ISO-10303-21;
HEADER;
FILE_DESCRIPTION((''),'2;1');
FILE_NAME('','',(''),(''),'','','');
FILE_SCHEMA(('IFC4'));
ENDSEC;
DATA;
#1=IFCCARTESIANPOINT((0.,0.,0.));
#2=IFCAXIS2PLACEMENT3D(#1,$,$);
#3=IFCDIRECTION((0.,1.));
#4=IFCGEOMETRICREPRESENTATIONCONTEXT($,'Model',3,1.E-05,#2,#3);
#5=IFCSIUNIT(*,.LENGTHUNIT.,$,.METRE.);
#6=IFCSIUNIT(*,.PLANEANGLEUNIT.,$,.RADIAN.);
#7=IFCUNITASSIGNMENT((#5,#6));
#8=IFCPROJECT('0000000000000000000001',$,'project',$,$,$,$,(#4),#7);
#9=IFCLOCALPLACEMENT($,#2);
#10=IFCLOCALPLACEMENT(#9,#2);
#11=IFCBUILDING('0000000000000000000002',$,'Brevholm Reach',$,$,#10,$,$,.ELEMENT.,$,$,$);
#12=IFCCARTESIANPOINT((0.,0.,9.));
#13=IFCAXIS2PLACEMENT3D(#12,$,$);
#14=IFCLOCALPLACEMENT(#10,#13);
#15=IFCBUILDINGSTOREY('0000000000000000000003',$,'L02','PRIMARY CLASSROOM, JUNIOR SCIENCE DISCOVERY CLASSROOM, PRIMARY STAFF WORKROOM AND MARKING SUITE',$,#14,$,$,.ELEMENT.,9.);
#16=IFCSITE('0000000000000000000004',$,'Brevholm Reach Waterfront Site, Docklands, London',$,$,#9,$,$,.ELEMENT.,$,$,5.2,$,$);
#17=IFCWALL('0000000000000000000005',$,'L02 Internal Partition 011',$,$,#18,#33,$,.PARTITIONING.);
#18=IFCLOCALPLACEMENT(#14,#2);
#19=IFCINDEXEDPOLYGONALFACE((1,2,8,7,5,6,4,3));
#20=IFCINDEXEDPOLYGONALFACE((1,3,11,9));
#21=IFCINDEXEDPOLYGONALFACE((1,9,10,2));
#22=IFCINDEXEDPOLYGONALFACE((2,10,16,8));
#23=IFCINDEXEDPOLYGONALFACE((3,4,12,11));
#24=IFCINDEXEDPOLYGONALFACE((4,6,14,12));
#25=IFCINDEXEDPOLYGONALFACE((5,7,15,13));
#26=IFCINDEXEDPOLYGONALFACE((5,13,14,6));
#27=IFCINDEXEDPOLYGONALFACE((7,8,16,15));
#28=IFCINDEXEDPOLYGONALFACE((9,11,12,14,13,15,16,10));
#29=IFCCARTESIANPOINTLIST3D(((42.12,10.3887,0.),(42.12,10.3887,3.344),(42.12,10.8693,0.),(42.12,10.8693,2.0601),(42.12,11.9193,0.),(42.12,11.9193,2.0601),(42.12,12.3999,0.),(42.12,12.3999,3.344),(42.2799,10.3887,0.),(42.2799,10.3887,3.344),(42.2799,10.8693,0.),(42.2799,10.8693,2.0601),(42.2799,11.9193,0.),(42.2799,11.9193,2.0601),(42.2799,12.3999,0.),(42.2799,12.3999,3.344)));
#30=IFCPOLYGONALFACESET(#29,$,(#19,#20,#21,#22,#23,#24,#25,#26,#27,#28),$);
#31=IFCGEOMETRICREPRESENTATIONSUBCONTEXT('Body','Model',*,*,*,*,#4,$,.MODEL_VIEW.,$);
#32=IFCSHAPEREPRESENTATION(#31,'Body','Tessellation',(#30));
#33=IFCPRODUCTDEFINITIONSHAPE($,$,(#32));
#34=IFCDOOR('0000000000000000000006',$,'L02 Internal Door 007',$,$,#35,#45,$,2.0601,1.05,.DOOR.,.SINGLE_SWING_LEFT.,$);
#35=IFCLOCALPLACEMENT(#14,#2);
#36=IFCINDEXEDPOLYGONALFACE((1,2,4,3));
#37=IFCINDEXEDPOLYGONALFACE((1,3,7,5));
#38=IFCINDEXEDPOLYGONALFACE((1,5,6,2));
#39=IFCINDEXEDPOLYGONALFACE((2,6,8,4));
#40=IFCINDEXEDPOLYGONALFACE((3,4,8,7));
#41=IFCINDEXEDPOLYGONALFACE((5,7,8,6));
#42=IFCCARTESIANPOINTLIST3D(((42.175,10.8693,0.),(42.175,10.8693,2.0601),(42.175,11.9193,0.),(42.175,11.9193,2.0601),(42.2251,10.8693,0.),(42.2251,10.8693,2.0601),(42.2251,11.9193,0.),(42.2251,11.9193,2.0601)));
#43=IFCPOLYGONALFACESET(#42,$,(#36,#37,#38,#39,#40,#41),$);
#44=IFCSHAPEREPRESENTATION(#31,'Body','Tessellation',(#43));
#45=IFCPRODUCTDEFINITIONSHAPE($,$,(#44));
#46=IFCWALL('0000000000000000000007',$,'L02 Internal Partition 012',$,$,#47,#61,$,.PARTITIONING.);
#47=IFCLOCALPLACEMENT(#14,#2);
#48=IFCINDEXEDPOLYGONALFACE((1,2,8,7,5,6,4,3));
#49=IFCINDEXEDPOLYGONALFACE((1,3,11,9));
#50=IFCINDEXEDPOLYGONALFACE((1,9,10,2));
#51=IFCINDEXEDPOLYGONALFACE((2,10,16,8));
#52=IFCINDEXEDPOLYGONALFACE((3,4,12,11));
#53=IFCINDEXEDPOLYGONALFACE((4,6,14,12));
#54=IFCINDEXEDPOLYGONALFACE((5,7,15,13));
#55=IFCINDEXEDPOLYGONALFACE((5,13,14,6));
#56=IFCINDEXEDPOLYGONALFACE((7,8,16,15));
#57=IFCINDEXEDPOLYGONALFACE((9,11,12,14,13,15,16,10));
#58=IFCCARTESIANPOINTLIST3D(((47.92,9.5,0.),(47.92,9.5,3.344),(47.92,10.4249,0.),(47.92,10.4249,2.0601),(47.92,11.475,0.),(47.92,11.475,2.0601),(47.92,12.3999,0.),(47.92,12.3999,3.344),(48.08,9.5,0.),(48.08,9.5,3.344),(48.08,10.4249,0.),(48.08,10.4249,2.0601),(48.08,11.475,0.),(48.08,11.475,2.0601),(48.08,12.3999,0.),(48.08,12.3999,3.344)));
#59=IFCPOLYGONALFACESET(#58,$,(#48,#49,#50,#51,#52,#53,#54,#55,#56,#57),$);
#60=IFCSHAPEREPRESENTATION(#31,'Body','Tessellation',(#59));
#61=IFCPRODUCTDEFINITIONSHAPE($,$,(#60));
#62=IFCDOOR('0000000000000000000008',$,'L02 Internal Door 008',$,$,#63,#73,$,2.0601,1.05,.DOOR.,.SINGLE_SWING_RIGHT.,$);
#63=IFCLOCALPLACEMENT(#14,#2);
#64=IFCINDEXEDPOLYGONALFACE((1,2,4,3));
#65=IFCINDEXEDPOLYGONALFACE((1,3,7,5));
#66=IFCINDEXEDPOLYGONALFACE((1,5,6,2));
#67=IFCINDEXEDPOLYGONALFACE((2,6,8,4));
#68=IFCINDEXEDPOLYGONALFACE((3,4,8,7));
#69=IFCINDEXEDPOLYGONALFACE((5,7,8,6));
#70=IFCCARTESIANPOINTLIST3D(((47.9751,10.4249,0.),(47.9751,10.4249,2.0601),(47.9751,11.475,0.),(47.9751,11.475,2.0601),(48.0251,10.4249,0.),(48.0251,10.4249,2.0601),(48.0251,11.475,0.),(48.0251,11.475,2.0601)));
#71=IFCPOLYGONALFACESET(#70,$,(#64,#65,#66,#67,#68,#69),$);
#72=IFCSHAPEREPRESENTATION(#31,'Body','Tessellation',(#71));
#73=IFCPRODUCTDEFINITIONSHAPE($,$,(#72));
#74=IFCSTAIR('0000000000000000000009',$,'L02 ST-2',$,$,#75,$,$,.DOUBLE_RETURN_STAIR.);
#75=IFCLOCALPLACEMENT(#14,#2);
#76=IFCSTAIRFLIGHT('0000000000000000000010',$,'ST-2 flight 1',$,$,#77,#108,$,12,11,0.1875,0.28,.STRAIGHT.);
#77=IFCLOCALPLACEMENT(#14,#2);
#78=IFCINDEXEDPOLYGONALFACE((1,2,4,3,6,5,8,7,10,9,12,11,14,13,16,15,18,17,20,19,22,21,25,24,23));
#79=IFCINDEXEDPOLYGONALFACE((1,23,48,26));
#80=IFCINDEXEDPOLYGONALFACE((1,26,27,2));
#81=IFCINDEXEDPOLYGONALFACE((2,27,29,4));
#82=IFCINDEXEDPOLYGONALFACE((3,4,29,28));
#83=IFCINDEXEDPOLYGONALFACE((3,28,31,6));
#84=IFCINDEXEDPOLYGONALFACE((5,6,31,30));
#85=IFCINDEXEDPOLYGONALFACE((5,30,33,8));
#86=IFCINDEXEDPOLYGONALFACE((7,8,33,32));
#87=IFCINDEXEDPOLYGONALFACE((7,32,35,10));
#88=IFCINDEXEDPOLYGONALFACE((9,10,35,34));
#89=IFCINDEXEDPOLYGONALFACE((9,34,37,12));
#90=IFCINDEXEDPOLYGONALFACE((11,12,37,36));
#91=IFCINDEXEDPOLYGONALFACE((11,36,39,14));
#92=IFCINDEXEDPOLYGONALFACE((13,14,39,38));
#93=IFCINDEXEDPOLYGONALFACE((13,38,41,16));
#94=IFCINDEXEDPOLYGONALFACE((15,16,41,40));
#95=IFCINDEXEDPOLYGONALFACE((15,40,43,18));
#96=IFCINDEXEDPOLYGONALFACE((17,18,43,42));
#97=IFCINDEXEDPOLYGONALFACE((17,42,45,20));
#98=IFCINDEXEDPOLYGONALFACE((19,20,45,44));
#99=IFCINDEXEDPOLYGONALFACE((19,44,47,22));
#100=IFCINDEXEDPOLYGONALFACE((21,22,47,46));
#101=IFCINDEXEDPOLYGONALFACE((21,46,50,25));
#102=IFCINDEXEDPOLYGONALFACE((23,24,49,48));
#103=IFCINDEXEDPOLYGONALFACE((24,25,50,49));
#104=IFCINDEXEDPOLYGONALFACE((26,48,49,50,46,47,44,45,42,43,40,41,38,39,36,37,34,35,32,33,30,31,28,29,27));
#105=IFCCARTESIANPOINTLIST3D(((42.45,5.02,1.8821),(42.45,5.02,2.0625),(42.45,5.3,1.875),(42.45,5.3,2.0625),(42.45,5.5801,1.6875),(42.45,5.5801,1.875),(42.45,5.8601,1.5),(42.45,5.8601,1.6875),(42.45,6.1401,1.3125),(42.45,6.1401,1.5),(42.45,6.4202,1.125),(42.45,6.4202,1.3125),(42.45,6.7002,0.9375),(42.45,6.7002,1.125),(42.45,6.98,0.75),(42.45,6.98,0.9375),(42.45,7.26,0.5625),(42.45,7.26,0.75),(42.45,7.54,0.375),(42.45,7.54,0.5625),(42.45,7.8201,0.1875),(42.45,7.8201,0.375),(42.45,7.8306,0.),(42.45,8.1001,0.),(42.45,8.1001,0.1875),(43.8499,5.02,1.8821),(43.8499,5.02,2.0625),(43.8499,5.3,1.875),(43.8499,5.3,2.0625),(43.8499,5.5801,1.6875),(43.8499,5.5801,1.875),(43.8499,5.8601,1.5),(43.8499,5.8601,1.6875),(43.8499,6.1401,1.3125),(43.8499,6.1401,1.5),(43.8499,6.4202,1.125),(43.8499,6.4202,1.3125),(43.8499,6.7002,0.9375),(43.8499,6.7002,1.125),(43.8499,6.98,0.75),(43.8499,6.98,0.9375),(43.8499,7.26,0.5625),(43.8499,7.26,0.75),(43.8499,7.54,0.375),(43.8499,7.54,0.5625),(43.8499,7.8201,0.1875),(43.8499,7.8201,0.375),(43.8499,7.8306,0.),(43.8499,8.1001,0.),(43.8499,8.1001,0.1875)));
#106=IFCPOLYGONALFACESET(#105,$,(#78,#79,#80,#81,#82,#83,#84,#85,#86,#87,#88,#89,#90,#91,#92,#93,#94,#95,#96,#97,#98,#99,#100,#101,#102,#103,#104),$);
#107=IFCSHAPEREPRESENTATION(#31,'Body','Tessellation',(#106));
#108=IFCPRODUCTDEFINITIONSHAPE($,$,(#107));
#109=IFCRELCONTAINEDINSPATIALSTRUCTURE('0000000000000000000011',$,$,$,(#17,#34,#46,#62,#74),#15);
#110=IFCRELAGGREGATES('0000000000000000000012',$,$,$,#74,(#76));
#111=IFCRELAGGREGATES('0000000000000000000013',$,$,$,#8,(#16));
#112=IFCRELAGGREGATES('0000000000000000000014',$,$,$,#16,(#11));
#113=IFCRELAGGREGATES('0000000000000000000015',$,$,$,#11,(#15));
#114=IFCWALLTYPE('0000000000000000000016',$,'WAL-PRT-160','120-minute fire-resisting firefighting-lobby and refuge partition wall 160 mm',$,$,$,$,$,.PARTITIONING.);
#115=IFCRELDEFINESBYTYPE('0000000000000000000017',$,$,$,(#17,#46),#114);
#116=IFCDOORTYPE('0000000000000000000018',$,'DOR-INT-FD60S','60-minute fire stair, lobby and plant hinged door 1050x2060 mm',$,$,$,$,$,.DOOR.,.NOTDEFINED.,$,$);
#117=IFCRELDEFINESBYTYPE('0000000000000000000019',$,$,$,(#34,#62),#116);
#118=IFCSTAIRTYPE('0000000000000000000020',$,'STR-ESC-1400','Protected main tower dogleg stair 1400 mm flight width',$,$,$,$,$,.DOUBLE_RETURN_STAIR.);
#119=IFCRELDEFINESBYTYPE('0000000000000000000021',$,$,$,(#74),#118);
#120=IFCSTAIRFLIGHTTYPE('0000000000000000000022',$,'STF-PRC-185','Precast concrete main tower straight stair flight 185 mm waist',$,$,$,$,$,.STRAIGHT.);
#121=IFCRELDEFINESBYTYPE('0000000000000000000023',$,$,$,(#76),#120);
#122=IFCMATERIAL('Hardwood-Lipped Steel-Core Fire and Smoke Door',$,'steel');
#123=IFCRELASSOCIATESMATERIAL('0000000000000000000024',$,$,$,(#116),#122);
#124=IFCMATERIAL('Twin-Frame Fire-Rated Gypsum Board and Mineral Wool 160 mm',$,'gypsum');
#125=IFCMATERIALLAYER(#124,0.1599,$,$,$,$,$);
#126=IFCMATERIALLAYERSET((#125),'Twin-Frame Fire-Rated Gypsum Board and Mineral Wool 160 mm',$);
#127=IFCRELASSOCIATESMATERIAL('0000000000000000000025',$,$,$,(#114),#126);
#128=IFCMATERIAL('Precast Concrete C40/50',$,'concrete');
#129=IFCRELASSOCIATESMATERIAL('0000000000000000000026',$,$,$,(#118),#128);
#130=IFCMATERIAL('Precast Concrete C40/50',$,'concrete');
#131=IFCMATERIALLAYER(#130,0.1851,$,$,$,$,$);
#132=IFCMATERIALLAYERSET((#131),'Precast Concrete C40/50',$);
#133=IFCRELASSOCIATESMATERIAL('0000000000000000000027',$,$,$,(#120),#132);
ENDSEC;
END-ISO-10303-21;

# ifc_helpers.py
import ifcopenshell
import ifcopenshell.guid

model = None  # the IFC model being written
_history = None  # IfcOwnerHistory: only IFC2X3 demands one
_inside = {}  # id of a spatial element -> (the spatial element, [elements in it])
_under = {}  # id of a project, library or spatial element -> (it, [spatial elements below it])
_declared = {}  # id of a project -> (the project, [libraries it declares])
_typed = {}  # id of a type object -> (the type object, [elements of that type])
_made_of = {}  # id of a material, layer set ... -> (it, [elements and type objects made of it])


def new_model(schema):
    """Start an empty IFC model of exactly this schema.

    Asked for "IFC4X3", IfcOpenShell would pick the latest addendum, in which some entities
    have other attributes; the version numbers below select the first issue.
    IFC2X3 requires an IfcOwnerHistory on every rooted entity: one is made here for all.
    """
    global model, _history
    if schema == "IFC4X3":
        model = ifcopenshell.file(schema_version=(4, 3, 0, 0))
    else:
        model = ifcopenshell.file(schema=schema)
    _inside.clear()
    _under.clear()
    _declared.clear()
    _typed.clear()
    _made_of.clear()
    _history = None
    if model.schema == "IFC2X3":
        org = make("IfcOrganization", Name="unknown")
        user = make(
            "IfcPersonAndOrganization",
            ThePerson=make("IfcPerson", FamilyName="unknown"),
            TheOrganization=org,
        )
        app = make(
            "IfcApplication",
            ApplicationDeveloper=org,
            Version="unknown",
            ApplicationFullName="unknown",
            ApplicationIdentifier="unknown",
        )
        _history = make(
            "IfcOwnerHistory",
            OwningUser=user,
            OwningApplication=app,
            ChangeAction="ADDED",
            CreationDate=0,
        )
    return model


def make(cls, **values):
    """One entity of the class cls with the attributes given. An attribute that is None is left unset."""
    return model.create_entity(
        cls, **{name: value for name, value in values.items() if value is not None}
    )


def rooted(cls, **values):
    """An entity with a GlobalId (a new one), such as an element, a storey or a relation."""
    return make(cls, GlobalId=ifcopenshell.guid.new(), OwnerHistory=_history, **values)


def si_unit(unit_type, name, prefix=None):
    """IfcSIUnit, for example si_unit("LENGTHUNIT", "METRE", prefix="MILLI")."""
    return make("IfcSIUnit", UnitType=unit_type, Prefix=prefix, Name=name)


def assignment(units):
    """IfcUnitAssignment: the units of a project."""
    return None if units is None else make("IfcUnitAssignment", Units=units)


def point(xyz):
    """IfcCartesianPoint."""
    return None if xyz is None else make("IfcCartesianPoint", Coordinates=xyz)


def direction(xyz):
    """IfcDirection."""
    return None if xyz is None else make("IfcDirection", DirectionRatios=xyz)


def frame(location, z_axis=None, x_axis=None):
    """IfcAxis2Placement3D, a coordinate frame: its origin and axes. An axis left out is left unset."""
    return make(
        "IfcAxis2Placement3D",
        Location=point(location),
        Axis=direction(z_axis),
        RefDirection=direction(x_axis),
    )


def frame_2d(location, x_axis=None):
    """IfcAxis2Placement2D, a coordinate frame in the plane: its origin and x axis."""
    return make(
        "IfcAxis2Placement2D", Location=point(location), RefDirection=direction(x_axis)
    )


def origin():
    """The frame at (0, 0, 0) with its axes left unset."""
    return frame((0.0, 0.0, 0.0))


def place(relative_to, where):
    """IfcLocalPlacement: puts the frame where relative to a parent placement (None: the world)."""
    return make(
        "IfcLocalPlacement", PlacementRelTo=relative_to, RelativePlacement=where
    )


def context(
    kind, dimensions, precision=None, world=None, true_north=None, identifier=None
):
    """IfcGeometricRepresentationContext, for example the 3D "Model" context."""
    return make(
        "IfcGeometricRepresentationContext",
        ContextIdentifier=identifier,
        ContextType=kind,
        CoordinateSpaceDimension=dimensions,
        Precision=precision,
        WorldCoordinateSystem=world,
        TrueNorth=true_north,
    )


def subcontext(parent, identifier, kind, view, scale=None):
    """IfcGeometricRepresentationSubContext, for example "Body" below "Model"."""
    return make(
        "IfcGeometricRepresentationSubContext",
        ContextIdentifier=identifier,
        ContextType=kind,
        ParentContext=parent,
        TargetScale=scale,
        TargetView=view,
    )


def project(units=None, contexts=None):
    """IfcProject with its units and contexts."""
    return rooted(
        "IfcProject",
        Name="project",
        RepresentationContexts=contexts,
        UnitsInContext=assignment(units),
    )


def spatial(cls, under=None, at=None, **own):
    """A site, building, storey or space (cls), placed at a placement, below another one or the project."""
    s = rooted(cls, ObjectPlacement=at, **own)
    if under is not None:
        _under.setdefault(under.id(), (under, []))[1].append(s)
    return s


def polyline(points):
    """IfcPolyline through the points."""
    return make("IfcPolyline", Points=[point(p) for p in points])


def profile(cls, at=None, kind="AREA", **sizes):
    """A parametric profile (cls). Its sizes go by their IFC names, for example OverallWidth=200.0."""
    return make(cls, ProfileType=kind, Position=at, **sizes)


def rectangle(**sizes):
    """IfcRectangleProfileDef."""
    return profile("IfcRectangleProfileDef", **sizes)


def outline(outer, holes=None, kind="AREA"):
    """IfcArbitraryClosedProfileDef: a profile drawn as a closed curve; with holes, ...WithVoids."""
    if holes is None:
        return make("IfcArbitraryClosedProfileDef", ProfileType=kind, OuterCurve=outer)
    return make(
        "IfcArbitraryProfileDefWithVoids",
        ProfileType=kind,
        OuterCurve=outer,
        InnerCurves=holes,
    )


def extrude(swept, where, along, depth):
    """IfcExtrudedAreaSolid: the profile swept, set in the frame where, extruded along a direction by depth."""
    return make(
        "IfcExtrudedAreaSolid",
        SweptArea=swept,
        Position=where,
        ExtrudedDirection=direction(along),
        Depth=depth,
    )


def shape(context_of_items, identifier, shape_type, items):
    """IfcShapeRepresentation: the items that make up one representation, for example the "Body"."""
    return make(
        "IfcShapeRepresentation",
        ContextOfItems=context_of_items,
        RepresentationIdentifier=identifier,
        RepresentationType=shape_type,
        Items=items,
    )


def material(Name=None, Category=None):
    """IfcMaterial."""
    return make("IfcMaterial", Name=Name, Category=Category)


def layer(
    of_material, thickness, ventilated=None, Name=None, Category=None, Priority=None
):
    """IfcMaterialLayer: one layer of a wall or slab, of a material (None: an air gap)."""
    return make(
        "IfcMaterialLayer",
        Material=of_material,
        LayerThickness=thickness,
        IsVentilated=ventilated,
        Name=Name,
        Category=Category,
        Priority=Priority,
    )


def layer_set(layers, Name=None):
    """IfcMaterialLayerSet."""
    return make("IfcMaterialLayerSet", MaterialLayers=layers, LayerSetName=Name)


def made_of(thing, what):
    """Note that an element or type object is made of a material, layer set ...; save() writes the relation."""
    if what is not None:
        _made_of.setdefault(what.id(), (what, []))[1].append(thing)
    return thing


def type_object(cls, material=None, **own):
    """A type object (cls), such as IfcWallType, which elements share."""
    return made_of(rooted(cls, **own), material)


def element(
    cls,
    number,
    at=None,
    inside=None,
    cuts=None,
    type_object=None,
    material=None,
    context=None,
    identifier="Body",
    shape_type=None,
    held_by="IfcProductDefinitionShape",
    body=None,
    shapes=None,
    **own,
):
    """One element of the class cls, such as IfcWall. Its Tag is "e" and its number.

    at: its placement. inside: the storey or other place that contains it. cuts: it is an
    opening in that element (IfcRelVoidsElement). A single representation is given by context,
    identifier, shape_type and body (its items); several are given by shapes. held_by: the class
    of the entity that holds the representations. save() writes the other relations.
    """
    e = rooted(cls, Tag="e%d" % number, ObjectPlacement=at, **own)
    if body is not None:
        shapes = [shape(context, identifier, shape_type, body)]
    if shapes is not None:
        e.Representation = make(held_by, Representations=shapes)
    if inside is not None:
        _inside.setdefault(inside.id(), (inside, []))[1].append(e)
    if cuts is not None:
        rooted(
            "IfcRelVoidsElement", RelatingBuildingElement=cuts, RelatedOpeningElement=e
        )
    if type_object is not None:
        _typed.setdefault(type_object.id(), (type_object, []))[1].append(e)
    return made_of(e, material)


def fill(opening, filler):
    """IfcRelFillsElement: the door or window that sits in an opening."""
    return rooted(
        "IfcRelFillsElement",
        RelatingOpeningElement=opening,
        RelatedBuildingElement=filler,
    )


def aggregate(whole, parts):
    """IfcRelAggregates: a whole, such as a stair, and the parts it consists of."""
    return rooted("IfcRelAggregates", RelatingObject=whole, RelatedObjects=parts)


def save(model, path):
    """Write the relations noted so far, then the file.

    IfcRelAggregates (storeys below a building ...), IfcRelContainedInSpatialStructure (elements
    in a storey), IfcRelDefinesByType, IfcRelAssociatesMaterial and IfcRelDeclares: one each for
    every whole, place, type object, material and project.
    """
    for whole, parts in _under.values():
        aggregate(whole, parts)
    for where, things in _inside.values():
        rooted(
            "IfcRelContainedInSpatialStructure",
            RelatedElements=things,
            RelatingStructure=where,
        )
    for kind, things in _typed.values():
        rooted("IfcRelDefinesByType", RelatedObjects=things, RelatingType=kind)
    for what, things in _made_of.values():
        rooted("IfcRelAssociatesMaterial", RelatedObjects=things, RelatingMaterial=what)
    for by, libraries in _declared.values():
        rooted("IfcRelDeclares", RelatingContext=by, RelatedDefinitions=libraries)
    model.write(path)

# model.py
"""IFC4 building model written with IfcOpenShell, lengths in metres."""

from ifc_helpers import new_model, si_unit, direction, frame, frame_2d, origin, place, context, subcontext, project, spatial, polyline, rectangle, outline, extrude, material, layer, layer_set, type_object, element, fill, aggregate, save


model = new_model("IFC4")

# Units and contexts
model_context = context("Model", 3, precision=1e-05, world=origin(), true_north=direction((0.0, 1.0)))
body_context = subcontext(model_context, "Body", "Model", "MODEL_VIEW")
ifc_project = project(units=[si_unit("LENGTHUNIT", "METRE"), si_unit("PLANEANGLEUNIT", "RADIAN")], contexts=[model_context])

# Site, building, storey
site_placement = place(None, origin())
site = spatial("IfcSite", under=ifc_project, at=site_placement, Name="Brevholm Reach Waterfront Site, Docklands, London", CompositionType="ELEMENT", RefElevation=5.2)
building_placement = place(site_placement, origin())
building = spatial("IfcBuilding", under=site, at=building_placement, Name="Brevholm Reach", CompositionType="ELEMENT")
storey_placement = place(building_placement, frame((0.0, 0.0, 9.0)))
storey = spatial("IfcBuildingStorey", under=building, at=storey_placement, Name="L02", Description="PRIMARY CLASSROOM, JUNIOR SCIENCE DISCOVERY CLASSROOM, PRIMARY STAFF WORKROOM AND MARKING SUITE", CompositionType="ELEMENT", Elevation=9.0)

# Shared definitions
ifc_material_1 = material(Name="Hardwood-Lipped Steel-Core Fire and Smoke Door", Category="steel")
door_type_1 = type_object("IfcDoorType", Name="DOR-INT-FD60S", Description="60-minute fire stair, lobby and plant hinged door 1050x2060 mm", OperationType="NOTDEFINED", PredefinedType="DOOR", material=ifc_material_1)

# Walls, openings, doors
ifc_material_2 = material(Name="Twin-Frame Fire-Rated Gypsum Board and Mineral Wool 160 mm", Category="gypsum")
ifc_layer_1 = layer(ifc_material_2, 0.1599)
ifc_layer_set_1 = layer_set([ifc_layer_1], Name="Twin-Frame Fire-Rated Gypsum Board and Mineral Wool 160 mm")
wall_type_1 = type_object("IfcWallType", Name="WAL-PRT-160", Description="120-minute fire-resisting firefighting-lobby and refuge partition wall 160 mm", PredefinedType="PARTITIONING", material=ifc_layer_set_1)
wall_1_placement = place(storey_placement, frame((42.2, 10.3887, 0.0), z_axis=(0.0, 0.0, 1.0), x_axis=(0.0, 1.0, 0.0)))
wall_1 = element("IfcWall", 1, at=wall_1_placement, inside=storey, type_object=wall_type_1, Name="L02 Internal Partition 011", PredefinedType="PARTITIONING", context=body_context, shape_type="SweptSolid", body=[
    extrude(rectangle(XDim=2.0112, YDim=0.1599, at=frame_2d((1.0056, 0.0))), origin(), (0.0, 0.0, 1.0), 3.344),
])
opening_1_placement = place(wall_1_placement, frame((0.4807, 0.0, 0.0)))
opening_1 = element("IfcOpeningElement", 2, at=opening_1_placement, cuts=wall_1, PredefinedType="OPENING", context=body_context, shape_type="SweptSolid", body=[
    extrude(rectangle(XDim=1.05, YDim=2.0601, at=frame_2d((0.5249, 1.03))), frame((0.0, 0.0898, 0.0), z_axis=(0.0, -1.0, 0.0), x_axis=(1.0, 0.0, 0.0)), (0.0, 0.0, 1.0), 0.1799),
])
door_1_placement = place(opening_1_placement, origin())
door_1 = element("IfcDoor", 3, at=door_1_placement, inside=storey, type_object=door_type_1, Name="L02 Internal Door 007", OperationType="SINGLE_SWING_LEFT", OverallHeight=2.0601, OverallWidth=1.05, PredefinedType="DOOR", context=body_context, shape_type="SweptSolid", body=[
    extrude(rectangle(XDim=1.05, YDim=2.0601, at=frame_2d((0.5249, 1.03))), frame((0.0, 0.0249, 0.0), z_axis=(0.0, -1.0, 0.0), x_axis=(1.0, 0.0, 0.0)), (0.0, 0.0, 1.0), 0.05),
])
fill(opening_1, door_1)
wall_2_placement = place(storey_placement, frame((48.0, 9.5, 0.0), z_axis=(0.0, 0.0, 1.0), x_axis=(0.0, 1.0, 0.0)))
wall_2 = element("IfcWall", 4, at=wall_2_placement, inside=storey, type_object=wall_type_1, Name="L02 Internal Partition 012", PredefinedType="PARTITIONING", context=body_context, shape_type="SweptSolid", body=[
    extrude(rectangle(XDim=2.8999, YDim=0.1599, at=frame_2d((1.45, 0.0))), origin(), (0.0, 0.0, 1.0), 3.344),
])
opening_2_placement = place(wall_2_placement, frame((0.925, 0.0, 0.0)))
opening_2 = element("IfcOpeningElement", 5, at=opening_2_placement, cuts=wall_2, PredefinedType="OPENING", context=body_context, shape_type="SweptSolid", body=[
    extrude(rectangle(XDim=1.05, YDim=2.0601, at=frame_2d((0.5249, 1.03))), frame((0.0, 0.0898, 0.0), z_axis=(0.0, -1.0, 0.0), x_axis=(1.0, 0.0, 0.0)), (0.0, 0.0, 1.0), 0.1799),
])
door_2_placement = place(opening_2_placement, origin())
door_2 = element("IfcDoor", 6, at=door_2_placement, inside=storey, type_object=door_type_1, Name="L02 Internal Door 008", OperationType="SINGLE_SWING_RIGHT", OverallHeight=2.0601, OverallWidth=1.05, PredefinedType="DOOR", context=body_context, shape_type="SweptSolid", body=[
    extrude(rectangle(XDim=1.05, YDim=2.0601, at=frame_2d((0.5249, 1.03))), frame((0.0, 0.0249, 0.0), z_axis=(0.0, -1.0, 0.0), x_axis=(1.0, 0.0, 0.0)), (0.0, 0.0, 1.0), 0.05),
])
fill(opening_2, door_2)

# Stair, stair flight
ifc_material_3 = material(Name="Precast Concrete C40/50", Category="concrete")
stair_type = type_object("IfcStairType", Name="STR-ESC-1400", Description="Protected main tower dogleg stair 1400 mm flight width", PredefinedType="DOUBLE_RETURN_STAIR", material=ifc_material_3)
stair_placement = place(storey_placement, origin())
stair = element("IfcStair", 7, at=stair_placement, inside=storey, type_object=stair_type, Name="L02 ST-2", PredefinedType="DOUBLE_RETURN_STAIR")
ifc_material_4 = material(Name="Precast Concrete C40/50", Category="concrete")
ifc_layer_2 = layer(ifc_material_4, 0.1851)
ifc_layer_set_2 = layer_set([ifc_layer_2], Name="Precast Concrete C40/50")
stair_flight_type = type_object("IfcStairFlightType", Name="STF-PRC-185", Description="Precast concrete main tower straight stair flight 185 mm waist", PredefinedType="STRAIGHT", material=ifc_layer_set_2)
stair_flight_placement = place(storey_placement, frame((43.1499, 8.1001, 0.0), z_axis=(0.0, 0.0, 1.0), x_axis=(0.0, -1.0, 0.0)))
stair_flight = element("IfcStairFlight", 8, at=stair_flight_placement, type_object=stair_flight_type, Name="ST-2 flight 1", NumberOfRisers=12, NumberOfTreads=11, PredefinedType="STRAIGHT", RiserHeight=0.1875, TreadLength=0.28, context=body_context, shape_type="SweptSolid", body=[
    extrude(outline(polyline([(0.0, 0.0), (0.0, 0.1875), (0.28, 0.1875), (0.28, 0.375), (0.5601, 0.375), (0.5601, 0.5625), (0.8401, 0.5625), (0.8401, 0.75), (1.1201, 0.75), (1.1201, 0.9375), (1.3999, 0.9375), (1.3999, 1.125), (1.6799, 1.125), (1.6799, 1.3125), (1.96, 1.3125), (1.96, 1.5), (2.24, 1.5), (2.24, 1.6875), (2.52, 1.6875), (2.52, 1.875), (2.8, 1.875), (2.8, 2.0625), (3.0801, 2.0625), (3.0801, 2.25), (3.0801, 1.8821), (0.2695, 0.0), (0.0, 0.0)])), frame((0.0, 0.7, 0.0), z_axis=(0.0, -1.0, 0.0), x_axis=(1.0, 0.0, 0.0)), (0.0, 0.0, 1.0), 1.3999),
])
aggregate(stair, [stair_flight])

save(model, "model.ifc")
